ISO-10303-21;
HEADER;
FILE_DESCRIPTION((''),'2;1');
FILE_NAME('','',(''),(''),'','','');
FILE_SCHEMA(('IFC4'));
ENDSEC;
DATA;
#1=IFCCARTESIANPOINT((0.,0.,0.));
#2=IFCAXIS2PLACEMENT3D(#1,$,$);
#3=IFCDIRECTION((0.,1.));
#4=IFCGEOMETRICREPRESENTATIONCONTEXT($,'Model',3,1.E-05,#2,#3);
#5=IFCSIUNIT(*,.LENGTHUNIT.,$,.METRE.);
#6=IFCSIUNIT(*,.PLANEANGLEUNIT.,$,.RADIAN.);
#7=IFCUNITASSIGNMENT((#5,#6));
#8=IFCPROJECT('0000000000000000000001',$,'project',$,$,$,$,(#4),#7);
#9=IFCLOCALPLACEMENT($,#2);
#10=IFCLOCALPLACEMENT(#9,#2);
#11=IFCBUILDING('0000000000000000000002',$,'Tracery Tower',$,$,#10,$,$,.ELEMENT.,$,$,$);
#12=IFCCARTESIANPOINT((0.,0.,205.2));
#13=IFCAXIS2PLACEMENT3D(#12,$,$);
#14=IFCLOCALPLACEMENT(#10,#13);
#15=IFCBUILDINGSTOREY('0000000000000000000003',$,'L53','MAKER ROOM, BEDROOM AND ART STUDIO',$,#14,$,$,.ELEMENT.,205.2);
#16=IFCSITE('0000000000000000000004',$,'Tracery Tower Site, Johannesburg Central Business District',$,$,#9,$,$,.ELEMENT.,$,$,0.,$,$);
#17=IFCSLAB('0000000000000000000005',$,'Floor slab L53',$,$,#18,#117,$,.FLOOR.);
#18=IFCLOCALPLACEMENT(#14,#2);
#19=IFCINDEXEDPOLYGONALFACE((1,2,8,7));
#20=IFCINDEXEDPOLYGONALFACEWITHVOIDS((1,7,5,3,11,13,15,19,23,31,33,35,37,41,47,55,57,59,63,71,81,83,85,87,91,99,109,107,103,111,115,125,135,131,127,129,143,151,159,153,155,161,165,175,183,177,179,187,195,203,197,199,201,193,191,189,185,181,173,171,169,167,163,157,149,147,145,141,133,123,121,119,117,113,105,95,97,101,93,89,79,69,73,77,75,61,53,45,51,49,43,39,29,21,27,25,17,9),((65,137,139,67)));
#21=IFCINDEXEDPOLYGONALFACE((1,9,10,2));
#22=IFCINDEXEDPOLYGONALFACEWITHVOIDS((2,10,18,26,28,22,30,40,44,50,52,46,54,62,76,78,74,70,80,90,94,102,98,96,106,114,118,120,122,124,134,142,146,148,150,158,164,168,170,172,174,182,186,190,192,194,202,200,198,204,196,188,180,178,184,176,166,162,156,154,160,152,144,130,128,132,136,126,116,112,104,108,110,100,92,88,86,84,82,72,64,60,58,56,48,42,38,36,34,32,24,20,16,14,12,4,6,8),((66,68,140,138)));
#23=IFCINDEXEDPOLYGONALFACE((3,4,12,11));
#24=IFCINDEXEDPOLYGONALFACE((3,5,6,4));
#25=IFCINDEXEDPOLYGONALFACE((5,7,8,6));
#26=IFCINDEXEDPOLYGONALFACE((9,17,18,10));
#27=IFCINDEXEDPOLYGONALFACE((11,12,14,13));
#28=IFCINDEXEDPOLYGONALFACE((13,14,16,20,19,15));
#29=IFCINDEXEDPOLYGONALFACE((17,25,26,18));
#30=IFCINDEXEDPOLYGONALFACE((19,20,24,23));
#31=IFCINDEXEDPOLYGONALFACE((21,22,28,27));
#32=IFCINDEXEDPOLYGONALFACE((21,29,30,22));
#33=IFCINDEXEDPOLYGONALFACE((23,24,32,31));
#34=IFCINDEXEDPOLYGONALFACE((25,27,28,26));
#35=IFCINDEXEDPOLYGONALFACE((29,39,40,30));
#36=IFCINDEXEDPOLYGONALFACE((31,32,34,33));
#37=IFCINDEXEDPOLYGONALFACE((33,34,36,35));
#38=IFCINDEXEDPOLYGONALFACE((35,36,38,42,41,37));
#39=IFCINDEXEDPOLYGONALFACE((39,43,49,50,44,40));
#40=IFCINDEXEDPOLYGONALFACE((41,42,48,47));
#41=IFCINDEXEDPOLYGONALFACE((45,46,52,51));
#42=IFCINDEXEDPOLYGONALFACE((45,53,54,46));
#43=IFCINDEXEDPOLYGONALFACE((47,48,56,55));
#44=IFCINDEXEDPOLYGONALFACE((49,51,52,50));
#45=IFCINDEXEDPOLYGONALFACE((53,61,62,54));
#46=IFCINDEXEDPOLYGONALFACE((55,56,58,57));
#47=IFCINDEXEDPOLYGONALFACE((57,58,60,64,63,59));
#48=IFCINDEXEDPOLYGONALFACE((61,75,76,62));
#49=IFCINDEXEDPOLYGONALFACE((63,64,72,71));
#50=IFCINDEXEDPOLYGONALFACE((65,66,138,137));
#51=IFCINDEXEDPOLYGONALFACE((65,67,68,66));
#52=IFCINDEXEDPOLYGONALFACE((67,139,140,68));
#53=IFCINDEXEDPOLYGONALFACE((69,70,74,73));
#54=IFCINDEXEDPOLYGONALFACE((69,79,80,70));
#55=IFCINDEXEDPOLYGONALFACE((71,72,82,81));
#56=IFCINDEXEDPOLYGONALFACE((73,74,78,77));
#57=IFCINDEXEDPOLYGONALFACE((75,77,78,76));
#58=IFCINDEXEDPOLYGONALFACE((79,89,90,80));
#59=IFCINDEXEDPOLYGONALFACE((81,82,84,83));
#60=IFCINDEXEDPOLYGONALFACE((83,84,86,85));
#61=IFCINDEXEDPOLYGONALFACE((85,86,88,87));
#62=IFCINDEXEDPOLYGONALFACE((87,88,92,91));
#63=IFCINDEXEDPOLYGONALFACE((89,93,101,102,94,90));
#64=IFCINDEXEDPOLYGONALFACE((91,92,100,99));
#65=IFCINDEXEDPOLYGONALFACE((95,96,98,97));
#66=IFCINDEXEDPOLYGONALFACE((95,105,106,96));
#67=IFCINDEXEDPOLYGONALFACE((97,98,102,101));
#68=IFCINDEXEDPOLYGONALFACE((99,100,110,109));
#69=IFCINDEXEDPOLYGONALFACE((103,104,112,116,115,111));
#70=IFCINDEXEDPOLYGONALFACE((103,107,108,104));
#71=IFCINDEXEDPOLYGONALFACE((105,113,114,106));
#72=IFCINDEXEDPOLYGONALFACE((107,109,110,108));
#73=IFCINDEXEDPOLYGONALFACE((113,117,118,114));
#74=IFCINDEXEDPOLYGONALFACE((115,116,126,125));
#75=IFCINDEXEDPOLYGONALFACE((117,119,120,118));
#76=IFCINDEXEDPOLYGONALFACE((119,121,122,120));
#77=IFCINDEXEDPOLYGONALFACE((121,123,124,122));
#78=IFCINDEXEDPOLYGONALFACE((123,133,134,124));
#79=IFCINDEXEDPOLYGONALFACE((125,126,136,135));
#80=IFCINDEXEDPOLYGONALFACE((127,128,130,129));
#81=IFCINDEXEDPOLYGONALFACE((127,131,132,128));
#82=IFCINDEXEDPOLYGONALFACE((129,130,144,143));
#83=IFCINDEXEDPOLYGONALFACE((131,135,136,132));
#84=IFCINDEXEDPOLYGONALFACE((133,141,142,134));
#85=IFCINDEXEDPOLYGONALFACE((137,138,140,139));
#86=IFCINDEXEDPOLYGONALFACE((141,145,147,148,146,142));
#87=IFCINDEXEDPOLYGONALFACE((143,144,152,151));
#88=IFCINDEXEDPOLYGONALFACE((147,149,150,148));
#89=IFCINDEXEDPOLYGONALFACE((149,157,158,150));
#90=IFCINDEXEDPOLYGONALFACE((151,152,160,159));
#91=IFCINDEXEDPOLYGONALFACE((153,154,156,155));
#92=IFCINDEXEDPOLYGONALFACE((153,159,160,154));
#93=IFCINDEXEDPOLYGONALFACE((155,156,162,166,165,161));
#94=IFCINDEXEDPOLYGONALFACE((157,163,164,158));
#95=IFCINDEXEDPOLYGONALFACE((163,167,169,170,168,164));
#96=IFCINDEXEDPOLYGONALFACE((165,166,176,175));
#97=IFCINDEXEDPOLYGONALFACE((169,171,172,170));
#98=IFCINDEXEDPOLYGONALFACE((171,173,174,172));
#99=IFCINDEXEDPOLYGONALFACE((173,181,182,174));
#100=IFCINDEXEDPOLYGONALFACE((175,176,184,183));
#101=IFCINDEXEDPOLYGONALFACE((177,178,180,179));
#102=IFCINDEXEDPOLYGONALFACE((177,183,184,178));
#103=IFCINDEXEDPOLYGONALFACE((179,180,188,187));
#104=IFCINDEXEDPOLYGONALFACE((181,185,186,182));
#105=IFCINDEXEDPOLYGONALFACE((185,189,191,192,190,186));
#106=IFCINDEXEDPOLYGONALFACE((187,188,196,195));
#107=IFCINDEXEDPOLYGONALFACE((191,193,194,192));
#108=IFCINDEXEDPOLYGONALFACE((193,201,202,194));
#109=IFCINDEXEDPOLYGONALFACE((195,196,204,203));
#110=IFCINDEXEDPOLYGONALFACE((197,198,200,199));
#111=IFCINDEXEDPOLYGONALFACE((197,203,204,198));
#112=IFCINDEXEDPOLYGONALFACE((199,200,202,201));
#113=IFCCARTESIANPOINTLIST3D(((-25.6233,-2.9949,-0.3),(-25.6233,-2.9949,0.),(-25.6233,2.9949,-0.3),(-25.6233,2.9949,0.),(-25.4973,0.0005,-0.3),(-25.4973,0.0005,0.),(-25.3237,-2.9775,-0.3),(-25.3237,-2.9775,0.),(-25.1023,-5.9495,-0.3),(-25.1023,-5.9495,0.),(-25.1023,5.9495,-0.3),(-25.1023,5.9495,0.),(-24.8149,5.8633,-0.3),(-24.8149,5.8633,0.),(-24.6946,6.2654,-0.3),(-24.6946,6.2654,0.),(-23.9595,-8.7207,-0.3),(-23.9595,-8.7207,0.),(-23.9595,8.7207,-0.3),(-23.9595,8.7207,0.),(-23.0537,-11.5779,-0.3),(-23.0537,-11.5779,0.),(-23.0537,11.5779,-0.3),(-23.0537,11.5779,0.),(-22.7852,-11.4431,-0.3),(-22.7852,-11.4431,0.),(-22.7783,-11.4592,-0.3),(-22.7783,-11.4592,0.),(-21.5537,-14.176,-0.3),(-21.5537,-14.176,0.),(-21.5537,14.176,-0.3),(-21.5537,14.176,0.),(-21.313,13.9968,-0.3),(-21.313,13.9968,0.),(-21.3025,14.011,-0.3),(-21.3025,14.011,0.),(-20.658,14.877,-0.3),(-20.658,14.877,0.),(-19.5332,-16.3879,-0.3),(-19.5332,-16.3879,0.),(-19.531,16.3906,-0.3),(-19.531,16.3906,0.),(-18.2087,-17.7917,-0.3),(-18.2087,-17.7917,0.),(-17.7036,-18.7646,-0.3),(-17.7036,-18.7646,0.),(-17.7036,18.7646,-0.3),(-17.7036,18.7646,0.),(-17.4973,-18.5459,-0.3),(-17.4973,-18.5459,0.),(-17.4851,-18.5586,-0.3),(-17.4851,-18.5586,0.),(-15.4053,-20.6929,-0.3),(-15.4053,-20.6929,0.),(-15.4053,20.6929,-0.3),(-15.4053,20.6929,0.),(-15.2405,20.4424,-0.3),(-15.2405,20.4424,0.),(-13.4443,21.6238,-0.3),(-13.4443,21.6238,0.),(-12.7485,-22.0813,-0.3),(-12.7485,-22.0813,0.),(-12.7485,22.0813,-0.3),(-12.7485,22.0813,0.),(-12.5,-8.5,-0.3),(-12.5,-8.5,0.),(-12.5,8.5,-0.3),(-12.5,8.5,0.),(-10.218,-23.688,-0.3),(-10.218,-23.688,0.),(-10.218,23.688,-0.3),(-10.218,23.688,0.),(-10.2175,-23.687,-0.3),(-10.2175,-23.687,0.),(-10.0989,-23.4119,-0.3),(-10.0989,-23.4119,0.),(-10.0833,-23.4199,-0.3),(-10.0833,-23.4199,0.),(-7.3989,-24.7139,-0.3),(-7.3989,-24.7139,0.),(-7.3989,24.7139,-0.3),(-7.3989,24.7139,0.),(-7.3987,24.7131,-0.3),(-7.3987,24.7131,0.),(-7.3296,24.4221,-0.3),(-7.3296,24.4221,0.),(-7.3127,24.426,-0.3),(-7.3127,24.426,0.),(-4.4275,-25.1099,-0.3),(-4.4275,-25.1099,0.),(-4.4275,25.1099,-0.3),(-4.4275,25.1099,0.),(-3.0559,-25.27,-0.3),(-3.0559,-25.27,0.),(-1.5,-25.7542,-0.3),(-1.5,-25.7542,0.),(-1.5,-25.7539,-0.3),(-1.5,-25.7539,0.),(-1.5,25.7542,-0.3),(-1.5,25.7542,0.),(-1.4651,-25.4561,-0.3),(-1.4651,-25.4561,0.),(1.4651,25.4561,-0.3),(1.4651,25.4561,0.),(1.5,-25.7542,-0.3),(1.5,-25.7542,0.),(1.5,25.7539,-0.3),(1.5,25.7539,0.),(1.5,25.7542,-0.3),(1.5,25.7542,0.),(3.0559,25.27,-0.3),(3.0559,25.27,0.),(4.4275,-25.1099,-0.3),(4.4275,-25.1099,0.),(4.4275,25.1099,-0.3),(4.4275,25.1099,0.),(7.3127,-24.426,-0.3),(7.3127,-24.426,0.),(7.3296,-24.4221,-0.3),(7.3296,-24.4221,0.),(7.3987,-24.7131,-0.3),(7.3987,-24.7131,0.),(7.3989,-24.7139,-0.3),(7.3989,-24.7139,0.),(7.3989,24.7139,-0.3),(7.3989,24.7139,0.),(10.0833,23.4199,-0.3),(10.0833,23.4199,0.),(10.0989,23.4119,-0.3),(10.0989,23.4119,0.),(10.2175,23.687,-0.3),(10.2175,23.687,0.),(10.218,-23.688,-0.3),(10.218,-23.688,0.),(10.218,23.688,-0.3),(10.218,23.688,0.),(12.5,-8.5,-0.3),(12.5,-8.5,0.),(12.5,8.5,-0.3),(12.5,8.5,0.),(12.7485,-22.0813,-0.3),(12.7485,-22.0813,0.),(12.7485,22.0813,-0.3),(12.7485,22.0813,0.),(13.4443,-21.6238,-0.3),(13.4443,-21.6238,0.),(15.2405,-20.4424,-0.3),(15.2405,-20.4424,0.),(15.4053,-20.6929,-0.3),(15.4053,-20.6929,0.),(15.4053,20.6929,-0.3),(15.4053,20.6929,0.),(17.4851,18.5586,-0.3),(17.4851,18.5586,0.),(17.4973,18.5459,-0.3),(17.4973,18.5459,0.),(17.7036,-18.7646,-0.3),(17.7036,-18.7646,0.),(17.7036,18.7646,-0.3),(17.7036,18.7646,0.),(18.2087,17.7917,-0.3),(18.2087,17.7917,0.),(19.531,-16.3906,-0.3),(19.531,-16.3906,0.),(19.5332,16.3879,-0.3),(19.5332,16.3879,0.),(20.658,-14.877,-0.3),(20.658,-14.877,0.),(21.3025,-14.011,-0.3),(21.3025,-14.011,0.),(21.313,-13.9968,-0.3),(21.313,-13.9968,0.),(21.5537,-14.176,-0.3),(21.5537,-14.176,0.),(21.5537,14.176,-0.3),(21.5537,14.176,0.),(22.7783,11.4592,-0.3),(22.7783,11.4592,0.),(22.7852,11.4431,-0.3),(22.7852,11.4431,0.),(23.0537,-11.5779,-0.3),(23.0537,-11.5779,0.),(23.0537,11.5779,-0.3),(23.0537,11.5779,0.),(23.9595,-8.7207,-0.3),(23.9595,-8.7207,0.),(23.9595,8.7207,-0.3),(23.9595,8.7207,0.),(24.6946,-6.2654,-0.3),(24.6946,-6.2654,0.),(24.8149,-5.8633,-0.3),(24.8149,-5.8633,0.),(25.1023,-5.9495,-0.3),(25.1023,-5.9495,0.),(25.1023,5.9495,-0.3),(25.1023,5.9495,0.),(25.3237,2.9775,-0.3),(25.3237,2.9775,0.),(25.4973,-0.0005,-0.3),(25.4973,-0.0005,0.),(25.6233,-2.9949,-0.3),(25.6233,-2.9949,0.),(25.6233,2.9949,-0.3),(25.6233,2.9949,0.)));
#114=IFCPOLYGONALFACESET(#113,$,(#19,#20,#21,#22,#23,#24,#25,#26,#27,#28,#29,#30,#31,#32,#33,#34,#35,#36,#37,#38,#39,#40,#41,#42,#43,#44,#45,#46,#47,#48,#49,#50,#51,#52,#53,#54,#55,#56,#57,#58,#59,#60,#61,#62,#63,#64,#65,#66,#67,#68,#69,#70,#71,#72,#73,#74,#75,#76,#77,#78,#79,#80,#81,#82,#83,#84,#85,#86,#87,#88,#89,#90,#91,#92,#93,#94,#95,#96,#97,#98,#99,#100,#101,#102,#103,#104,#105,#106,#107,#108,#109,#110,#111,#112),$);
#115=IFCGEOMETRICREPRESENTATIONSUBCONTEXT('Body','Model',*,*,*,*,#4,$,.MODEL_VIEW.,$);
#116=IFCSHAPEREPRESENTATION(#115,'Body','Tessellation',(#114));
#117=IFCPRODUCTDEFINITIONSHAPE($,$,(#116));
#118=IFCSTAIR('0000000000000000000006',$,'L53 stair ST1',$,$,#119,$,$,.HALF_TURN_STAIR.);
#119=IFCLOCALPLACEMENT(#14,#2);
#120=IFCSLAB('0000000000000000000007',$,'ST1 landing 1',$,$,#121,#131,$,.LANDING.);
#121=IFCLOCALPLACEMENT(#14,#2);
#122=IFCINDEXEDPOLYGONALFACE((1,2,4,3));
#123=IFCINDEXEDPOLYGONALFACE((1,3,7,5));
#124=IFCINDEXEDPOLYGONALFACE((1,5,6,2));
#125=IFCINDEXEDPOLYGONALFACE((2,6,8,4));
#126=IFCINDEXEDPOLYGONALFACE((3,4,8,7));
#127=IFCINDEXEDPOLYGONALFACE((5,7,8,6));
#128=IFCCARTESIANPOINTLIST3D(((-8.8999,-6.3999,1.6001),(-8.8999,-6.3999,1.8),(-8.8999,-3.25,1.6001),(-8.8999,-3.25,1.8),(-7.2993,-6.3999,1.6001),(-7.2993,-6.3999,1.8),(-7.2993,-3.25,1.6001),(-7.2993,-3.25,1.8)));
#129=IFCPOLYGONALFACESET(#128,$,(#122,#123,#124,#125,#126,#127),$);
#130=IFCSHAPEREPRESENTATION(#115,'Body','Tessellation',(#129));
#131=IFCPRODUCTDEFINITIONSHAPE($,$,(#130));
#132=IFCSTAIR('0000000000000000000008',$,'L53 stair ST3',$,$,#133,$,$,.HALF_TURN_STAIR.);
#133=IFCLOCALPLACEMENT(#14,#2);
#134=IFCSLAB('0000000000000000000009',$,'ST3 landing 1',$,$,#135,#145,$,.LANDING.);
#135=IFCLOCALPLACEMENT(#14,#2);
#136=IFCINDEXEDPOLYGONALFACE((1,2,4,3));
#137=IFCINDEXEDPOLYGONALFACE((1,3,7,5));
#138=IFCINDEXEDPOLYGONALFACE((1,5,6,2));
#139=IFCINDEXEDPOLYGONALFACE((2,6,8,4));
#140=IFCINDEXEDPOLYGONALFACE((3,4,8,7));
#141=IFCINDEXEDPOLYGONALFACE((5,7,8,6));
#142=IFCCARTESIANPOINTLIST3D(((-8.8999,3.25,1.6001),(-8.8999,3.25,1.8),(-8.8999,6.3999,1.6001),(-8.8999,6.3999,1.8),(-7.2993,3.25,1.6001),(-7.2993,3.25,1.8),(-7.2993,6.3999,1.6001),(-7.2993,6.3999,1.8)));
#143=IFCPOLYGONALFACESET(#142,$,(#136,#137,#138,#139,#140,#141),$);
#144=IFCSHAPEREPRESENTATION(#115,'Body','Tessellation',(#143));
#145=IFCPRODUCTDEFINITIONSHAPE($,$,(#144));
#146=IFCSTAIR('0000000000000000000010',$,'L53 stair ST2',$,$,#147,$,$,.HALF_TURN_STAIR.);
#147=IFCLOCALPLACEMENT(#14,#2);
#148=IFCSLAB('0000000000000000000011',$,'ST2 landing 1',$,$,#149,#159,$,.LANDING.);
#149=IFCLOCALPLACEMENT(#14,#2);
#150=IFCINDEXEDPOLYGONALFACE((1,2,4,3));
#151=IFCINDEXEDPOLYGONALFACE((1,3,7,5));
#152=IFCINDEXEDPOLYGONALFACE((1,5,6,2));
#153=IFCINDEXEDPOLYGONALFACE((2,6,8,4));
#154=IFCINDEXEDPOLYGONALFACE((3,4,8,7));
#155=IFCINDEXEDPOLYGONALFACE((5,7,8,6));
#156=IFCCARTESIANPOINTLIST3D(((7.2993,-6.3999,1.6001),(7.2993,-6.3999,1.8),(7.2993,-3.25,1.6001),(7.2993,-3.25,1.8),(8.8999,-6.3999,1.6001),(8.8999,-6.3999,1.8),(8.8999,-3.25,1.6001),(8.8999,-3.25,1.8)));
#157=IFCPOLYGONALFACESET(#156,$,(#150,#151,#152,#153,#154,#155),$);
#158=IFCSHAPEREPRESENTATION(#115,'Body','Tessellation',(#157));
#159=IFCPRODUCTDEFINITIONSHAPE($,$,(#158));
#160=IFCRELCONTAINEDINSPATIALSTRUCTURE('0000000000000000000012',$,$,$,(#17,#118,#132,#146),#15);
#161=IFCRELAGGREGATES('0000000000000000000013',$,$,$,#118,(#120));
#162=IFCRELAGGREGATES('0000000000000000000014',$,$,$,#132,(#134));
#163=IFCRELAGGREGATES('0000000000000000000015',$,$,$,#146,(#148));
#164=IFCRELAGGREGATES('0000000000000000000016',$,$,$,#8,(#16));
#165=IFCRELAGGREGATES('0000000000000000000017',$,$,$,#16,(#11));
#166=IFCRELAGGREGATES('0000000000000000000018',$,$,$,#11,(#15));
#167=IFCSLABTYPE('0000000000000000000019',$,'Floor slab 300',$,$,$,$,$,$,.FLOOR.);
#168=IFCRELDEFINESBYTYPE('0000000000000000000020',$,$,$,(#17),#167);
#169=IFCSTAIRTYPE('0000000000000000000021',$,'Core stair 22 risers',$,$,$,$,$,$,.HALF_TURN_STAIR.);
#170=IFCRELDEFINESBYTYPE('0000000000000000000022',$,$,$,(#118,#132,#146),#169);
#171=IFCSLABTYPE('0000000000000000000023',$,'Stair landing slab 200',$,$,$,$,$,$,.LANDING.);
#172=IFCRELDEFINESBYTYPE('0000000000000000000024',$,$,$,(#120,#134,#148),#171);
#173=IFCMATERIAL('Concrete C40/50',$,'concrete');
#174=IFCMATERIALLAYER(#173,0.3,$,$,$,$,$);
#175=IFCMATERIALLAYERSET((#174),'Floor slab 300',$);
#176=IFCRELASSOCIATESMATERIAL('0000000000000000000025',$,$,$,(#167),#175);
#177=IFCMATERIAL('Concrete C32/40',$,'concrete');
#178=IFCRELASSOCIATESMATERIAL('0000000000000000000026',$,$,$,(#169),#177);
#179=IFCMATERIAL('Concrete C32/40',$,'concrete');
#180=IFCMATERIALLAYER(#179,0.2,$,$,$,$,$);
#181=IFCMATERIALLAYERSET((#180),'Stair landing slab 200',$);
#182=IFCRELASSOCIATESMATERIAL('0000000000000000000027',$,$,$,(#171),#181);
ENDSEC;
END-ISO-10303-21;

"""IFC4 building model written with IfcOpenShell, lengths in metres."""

from ifc_helpers import new_model, si_unit, direction, frame, origin, place, context, subcontext, project, spatial, polyline, outline, extrude, material, layer, layer_set, type_object, element, aggregate, save


model = new_model("IFC4")

# Units and contexts
model_context = context("Model", 3, precision=1e-05, world=origin(), true_north=direction((0.0, 1.0)))
body_context = subcontext(model_context, "Body", "Model", "MODEL_VIEW")
ifc_project = project(units=[si_unit("LENGTHUNIT", "METRE"), si_unit("PLANEANGLEUNIT", "RADIAN")], contexts=[model_context])

# Site, building, storey
site_placement = place(None, origin())
site = spatial("IfcSite", under=ifc_project, at=site_placement, Name="Tracery Tower Site, Johannesburg Central Business District", CompositionType="ELEMENT", RefElevation=0.0)
building_placement = place(site_placement, origin())
building = spatial("IfcBuilding", under=site, at=building_placement, Name="Tracery Tower", CompositionType="ELEMENT")
storey_placement = place(building_placement, frame((0.0, 0.0, 205.2)))
storey = spatial("IfcBuildingStorey", under=building, at=storey_placement, Name="L53", Description="MAKER ROOM, BEDROOM AND ART STUDIO", CompositionType="ELEMENT", Elevation=205.2)

# Slab
ifc_material_1 = material(Name="Concrete C40/50", Category="concrete")
ifc_layer_1 = layer(ifc_material_1, 0.3)
ifc_layer_set_1 = layer_set([ifc_layer_1], Name="Floor slab 300")
slab_type_1 = type_object("IfcSlabType", Name="Floor slab 300", PredefinedType="FLOOR", material=ifc_layer_set_1)
slab_1_placement = place(storey_placement, frame((0.0, 0.0, -0.3)))
element("IfcSlab", 1, at=slab_1_placement, inside=storey, type_object=slab_type_1, Name="Floor slab L53", PredefinedType="FLOOR", context=body_context, shape_type="SweptSolid", body=[
    extrude(outline(polyline([(22.7852, 11.4431), (22.7783, 11.4592), (23.0537, 11.5779), (21.5537, 14.176), (19.5332, 16.3879), (18.2087, 17.7917), (17.4973, 18.5459), (17.4973, 18.5459), (17.4851, 18.5586), (17.7036, 18.7646), (15.4053, 20.6929), (12.7485, 22.0813), (10.0989, 23.4119), (10.0989, 23.4119), (10.0833, 23.4199), (10.2175, 23.687), (10.218, 23.688), (7.3989, 24.7139), (4.4275, 25.1099), (3.0559, 25.27), (1.4651, 25.4561), (1.5, 25.7539), (1.5, 25.7542), (-1.5, 25.7542), (-4.4275, 25.1099), (-7.3127, 24.426), (-7.3127, 24.426), (-7.3296, 24.4221), (-7.3987, 24.7131), (-7.3989, 24.7139), (-10.218, 23.688), (-12.7485, 22.0813), (-13.4443, 21.6238), (-15.2405, 20.4424), (-15.4053, 20.6929), (-15.4053, 20.6929), (-17.7036, 18.7646), (-19.531, 16.3906), (-20.658, 14.877), (-21.3025, 14.011), (-21.3025, 14.011), (-21.313, 13.9968), (-21.5537, 14.176), (-23.0537, 11.5779), (-23.9595, 8.7207), (-24.6946, 6.2654), (-24.8149, 5.8633), (-25.1023, 5.9495), (-25.6233, 2.9949), (-25.4973, 0.0005), (-25.3237, -2.9775), (-25.6233, -2.9949), (-25.1023, -5.9495), (-23.9595, -8.7207), (-22.7852, -11.4431), (-22.7852, -11.4431), (-22.7783, -11.4592), (-23.0537, -11.5779), (-21.5537, -14.176), (-19.5332, -16.3879), (-18.2087, -17.7917), (-17.4973, -18.5459), (-17.4973, -18.5459), (-17.4851, -18.5586), (-17.7036, -18.7646), (-15.4053, -20.6929), (-12.7485, -22.0813), (-10.0989, -23.4119), (-10.0989, -23.4119), (-10.0833, -23.4199), (-10.2175, -23.687), (-10.218, -23.688), (-7.3989, -24.7139), (-4.4275, -25.1099), (-3.0559, -25.27), (-1.4651, -25.4561), (-1.5, -25.7539), (-1.5, -25.7542), (1.5, -25.7542), (4.4275, -25.1099), (7.3127, -24.426), (7.3127, -24.426), (7.3296, -24.4221), (7.3987, -24.7131), (7.3989, -24.7139), (10.218, -23.688), (12.7485, -22.0813), (13.4443, -21.6238), (15.2405, -20.4424), (15.4053, -20.6929), (15.4053, -20.6929), (17.7036, -18.7646), (19.531, -16.3906), (20.658, -14.877), (21.3025, -14.011), (21.3025, -14.011), (21.313, -13.9968), (21.5537, -14.176), (23.0537, -11.5779), (23.9595, -8.7207), (24.6946, -6.2654), (24.8149, -5.8633), (25.1023, -5.9495), (25.6233, -2.9949), (25.4973, -0.0005), (25.3237, 2.9775), (25.6233, 2.9949), (25.1023, 5.9495), (23.9595, 8.7207), (22.7852, 11.4431), (22.7852, 11.4431)]), holes=[polyline([(-12.5, -8.5), (12.5, -8.5), (12.5, 8.5), (-12.5, 8.5), (-12.5, -8.5)])]), origin(), (0.0, 0.0, 1.0), 0.3),
])

# Stairs, slabs
ifc_material_2 = material(Name="Concrete C32/40", Category="concrete")
stair_type = type_object("IfcStairType", Name="Core stair 22 risers", PredefinedType="HALF_TURN_STAIR", material=ifc_material_2)
stair_1_placement = place(storey_placement, origin())
stair_1 = element("IfcStair", 2, at=stair_1_placement, inside=storey, type_object=stair_type, Name="L53 stair ST1", PredefinedType="HALF_TURN_STAIR")
ifc_material_3 = material(Name="Concrete C32/40", Category="concrete")
ifc_layer_2 = layer(ifc_material_3, 0.2)
ifc_layer_set_2 = layer_set([ifc_layer_2], Name="Stair landing slab 200")
slab_type_2 = type_object("IfcSlabType", Name="Stair landing slab 200", PredefinedType="LANDING", material=ifc_layer_set_2)
slab_2_placement = place(storey_placement, frame((0.0, 0.0, 1.6001)))
slab_2 = element("IfcSlab", 3, at=slab_2_placement, type_object=slab_type_2, Name="ST1 landing 1", PredefinedType="LANDING", context=body_context, shape_type="SweptSolid", body=[
    extrude(outline(polyline([(-7.2993, -3.25), (-8.8999, -3.25), (-8.8999, -6.3999), (-7.2993, -6.3999), (-7.2993, -3.25)])), origin(), (0.0, 0.0, 1.0), 0.2),
])
aggregate(stair_1, [slab_2])
stair_2_placement = place(storey_placement, origin())
stair_2 = element("IfcStair", 4, at=stair_2_placement, inside=storey, type_object=stair_type, Name="L53 stair ST3", PredefinedType="HALF_TURN_STAIR")
slab_3_placement = place(storey_placement, frame((0.0, 0.0, 1.6001)))
slab_3 = element("IfcSlab", 5, at=slab_3_placement, type_object=slab_type_2, Name="ST3 landing 1", PredefinedType="LANDING", context=body_context, shape_type="SweptSolid", body=[
    extrude(outline(polyline([(-7.2993, 6.3999), (-8.8999, 6.3999), (-8.8999, 3.25), (-7.2993, 3.25), (-7.2993, 6.3999)])), origin(), (0.0, 0.0, 1.0), 0.2),
])
aggregate(stair_2, [slab_3])
stair_3_placement = place(storey_placement, origin())
stair_3 = element("IfcStair", 6, at=stair_3_placement, inside=storey, type_object=stair_type, Name="L53 stair ST2", PredefinedType="HALF_TURN_STAIR")
slab_4_placement = place(storey_placement, frame((0.0, 0.0, 1.6001)))
slab_4 = element("IfcSlab", 7, at=slab_4_placement, type_object=slab_type_2, Name="ST2 landing 1", PredefinedType="LANDING", context=body_context, shape_type="SweptSolid", body=[
    extrude(outline(polyline([(7.2993, -6.3999), (8.8999, -6.3999), (8.8999, -3.25), (7.2993, -3.25), (7.2993, -6.3999)])), origin(), (0.0, 0.0, 1.0), 0.2),
])
aggregate(stair_3, [slab_4])

save(model, "model.ifc")
